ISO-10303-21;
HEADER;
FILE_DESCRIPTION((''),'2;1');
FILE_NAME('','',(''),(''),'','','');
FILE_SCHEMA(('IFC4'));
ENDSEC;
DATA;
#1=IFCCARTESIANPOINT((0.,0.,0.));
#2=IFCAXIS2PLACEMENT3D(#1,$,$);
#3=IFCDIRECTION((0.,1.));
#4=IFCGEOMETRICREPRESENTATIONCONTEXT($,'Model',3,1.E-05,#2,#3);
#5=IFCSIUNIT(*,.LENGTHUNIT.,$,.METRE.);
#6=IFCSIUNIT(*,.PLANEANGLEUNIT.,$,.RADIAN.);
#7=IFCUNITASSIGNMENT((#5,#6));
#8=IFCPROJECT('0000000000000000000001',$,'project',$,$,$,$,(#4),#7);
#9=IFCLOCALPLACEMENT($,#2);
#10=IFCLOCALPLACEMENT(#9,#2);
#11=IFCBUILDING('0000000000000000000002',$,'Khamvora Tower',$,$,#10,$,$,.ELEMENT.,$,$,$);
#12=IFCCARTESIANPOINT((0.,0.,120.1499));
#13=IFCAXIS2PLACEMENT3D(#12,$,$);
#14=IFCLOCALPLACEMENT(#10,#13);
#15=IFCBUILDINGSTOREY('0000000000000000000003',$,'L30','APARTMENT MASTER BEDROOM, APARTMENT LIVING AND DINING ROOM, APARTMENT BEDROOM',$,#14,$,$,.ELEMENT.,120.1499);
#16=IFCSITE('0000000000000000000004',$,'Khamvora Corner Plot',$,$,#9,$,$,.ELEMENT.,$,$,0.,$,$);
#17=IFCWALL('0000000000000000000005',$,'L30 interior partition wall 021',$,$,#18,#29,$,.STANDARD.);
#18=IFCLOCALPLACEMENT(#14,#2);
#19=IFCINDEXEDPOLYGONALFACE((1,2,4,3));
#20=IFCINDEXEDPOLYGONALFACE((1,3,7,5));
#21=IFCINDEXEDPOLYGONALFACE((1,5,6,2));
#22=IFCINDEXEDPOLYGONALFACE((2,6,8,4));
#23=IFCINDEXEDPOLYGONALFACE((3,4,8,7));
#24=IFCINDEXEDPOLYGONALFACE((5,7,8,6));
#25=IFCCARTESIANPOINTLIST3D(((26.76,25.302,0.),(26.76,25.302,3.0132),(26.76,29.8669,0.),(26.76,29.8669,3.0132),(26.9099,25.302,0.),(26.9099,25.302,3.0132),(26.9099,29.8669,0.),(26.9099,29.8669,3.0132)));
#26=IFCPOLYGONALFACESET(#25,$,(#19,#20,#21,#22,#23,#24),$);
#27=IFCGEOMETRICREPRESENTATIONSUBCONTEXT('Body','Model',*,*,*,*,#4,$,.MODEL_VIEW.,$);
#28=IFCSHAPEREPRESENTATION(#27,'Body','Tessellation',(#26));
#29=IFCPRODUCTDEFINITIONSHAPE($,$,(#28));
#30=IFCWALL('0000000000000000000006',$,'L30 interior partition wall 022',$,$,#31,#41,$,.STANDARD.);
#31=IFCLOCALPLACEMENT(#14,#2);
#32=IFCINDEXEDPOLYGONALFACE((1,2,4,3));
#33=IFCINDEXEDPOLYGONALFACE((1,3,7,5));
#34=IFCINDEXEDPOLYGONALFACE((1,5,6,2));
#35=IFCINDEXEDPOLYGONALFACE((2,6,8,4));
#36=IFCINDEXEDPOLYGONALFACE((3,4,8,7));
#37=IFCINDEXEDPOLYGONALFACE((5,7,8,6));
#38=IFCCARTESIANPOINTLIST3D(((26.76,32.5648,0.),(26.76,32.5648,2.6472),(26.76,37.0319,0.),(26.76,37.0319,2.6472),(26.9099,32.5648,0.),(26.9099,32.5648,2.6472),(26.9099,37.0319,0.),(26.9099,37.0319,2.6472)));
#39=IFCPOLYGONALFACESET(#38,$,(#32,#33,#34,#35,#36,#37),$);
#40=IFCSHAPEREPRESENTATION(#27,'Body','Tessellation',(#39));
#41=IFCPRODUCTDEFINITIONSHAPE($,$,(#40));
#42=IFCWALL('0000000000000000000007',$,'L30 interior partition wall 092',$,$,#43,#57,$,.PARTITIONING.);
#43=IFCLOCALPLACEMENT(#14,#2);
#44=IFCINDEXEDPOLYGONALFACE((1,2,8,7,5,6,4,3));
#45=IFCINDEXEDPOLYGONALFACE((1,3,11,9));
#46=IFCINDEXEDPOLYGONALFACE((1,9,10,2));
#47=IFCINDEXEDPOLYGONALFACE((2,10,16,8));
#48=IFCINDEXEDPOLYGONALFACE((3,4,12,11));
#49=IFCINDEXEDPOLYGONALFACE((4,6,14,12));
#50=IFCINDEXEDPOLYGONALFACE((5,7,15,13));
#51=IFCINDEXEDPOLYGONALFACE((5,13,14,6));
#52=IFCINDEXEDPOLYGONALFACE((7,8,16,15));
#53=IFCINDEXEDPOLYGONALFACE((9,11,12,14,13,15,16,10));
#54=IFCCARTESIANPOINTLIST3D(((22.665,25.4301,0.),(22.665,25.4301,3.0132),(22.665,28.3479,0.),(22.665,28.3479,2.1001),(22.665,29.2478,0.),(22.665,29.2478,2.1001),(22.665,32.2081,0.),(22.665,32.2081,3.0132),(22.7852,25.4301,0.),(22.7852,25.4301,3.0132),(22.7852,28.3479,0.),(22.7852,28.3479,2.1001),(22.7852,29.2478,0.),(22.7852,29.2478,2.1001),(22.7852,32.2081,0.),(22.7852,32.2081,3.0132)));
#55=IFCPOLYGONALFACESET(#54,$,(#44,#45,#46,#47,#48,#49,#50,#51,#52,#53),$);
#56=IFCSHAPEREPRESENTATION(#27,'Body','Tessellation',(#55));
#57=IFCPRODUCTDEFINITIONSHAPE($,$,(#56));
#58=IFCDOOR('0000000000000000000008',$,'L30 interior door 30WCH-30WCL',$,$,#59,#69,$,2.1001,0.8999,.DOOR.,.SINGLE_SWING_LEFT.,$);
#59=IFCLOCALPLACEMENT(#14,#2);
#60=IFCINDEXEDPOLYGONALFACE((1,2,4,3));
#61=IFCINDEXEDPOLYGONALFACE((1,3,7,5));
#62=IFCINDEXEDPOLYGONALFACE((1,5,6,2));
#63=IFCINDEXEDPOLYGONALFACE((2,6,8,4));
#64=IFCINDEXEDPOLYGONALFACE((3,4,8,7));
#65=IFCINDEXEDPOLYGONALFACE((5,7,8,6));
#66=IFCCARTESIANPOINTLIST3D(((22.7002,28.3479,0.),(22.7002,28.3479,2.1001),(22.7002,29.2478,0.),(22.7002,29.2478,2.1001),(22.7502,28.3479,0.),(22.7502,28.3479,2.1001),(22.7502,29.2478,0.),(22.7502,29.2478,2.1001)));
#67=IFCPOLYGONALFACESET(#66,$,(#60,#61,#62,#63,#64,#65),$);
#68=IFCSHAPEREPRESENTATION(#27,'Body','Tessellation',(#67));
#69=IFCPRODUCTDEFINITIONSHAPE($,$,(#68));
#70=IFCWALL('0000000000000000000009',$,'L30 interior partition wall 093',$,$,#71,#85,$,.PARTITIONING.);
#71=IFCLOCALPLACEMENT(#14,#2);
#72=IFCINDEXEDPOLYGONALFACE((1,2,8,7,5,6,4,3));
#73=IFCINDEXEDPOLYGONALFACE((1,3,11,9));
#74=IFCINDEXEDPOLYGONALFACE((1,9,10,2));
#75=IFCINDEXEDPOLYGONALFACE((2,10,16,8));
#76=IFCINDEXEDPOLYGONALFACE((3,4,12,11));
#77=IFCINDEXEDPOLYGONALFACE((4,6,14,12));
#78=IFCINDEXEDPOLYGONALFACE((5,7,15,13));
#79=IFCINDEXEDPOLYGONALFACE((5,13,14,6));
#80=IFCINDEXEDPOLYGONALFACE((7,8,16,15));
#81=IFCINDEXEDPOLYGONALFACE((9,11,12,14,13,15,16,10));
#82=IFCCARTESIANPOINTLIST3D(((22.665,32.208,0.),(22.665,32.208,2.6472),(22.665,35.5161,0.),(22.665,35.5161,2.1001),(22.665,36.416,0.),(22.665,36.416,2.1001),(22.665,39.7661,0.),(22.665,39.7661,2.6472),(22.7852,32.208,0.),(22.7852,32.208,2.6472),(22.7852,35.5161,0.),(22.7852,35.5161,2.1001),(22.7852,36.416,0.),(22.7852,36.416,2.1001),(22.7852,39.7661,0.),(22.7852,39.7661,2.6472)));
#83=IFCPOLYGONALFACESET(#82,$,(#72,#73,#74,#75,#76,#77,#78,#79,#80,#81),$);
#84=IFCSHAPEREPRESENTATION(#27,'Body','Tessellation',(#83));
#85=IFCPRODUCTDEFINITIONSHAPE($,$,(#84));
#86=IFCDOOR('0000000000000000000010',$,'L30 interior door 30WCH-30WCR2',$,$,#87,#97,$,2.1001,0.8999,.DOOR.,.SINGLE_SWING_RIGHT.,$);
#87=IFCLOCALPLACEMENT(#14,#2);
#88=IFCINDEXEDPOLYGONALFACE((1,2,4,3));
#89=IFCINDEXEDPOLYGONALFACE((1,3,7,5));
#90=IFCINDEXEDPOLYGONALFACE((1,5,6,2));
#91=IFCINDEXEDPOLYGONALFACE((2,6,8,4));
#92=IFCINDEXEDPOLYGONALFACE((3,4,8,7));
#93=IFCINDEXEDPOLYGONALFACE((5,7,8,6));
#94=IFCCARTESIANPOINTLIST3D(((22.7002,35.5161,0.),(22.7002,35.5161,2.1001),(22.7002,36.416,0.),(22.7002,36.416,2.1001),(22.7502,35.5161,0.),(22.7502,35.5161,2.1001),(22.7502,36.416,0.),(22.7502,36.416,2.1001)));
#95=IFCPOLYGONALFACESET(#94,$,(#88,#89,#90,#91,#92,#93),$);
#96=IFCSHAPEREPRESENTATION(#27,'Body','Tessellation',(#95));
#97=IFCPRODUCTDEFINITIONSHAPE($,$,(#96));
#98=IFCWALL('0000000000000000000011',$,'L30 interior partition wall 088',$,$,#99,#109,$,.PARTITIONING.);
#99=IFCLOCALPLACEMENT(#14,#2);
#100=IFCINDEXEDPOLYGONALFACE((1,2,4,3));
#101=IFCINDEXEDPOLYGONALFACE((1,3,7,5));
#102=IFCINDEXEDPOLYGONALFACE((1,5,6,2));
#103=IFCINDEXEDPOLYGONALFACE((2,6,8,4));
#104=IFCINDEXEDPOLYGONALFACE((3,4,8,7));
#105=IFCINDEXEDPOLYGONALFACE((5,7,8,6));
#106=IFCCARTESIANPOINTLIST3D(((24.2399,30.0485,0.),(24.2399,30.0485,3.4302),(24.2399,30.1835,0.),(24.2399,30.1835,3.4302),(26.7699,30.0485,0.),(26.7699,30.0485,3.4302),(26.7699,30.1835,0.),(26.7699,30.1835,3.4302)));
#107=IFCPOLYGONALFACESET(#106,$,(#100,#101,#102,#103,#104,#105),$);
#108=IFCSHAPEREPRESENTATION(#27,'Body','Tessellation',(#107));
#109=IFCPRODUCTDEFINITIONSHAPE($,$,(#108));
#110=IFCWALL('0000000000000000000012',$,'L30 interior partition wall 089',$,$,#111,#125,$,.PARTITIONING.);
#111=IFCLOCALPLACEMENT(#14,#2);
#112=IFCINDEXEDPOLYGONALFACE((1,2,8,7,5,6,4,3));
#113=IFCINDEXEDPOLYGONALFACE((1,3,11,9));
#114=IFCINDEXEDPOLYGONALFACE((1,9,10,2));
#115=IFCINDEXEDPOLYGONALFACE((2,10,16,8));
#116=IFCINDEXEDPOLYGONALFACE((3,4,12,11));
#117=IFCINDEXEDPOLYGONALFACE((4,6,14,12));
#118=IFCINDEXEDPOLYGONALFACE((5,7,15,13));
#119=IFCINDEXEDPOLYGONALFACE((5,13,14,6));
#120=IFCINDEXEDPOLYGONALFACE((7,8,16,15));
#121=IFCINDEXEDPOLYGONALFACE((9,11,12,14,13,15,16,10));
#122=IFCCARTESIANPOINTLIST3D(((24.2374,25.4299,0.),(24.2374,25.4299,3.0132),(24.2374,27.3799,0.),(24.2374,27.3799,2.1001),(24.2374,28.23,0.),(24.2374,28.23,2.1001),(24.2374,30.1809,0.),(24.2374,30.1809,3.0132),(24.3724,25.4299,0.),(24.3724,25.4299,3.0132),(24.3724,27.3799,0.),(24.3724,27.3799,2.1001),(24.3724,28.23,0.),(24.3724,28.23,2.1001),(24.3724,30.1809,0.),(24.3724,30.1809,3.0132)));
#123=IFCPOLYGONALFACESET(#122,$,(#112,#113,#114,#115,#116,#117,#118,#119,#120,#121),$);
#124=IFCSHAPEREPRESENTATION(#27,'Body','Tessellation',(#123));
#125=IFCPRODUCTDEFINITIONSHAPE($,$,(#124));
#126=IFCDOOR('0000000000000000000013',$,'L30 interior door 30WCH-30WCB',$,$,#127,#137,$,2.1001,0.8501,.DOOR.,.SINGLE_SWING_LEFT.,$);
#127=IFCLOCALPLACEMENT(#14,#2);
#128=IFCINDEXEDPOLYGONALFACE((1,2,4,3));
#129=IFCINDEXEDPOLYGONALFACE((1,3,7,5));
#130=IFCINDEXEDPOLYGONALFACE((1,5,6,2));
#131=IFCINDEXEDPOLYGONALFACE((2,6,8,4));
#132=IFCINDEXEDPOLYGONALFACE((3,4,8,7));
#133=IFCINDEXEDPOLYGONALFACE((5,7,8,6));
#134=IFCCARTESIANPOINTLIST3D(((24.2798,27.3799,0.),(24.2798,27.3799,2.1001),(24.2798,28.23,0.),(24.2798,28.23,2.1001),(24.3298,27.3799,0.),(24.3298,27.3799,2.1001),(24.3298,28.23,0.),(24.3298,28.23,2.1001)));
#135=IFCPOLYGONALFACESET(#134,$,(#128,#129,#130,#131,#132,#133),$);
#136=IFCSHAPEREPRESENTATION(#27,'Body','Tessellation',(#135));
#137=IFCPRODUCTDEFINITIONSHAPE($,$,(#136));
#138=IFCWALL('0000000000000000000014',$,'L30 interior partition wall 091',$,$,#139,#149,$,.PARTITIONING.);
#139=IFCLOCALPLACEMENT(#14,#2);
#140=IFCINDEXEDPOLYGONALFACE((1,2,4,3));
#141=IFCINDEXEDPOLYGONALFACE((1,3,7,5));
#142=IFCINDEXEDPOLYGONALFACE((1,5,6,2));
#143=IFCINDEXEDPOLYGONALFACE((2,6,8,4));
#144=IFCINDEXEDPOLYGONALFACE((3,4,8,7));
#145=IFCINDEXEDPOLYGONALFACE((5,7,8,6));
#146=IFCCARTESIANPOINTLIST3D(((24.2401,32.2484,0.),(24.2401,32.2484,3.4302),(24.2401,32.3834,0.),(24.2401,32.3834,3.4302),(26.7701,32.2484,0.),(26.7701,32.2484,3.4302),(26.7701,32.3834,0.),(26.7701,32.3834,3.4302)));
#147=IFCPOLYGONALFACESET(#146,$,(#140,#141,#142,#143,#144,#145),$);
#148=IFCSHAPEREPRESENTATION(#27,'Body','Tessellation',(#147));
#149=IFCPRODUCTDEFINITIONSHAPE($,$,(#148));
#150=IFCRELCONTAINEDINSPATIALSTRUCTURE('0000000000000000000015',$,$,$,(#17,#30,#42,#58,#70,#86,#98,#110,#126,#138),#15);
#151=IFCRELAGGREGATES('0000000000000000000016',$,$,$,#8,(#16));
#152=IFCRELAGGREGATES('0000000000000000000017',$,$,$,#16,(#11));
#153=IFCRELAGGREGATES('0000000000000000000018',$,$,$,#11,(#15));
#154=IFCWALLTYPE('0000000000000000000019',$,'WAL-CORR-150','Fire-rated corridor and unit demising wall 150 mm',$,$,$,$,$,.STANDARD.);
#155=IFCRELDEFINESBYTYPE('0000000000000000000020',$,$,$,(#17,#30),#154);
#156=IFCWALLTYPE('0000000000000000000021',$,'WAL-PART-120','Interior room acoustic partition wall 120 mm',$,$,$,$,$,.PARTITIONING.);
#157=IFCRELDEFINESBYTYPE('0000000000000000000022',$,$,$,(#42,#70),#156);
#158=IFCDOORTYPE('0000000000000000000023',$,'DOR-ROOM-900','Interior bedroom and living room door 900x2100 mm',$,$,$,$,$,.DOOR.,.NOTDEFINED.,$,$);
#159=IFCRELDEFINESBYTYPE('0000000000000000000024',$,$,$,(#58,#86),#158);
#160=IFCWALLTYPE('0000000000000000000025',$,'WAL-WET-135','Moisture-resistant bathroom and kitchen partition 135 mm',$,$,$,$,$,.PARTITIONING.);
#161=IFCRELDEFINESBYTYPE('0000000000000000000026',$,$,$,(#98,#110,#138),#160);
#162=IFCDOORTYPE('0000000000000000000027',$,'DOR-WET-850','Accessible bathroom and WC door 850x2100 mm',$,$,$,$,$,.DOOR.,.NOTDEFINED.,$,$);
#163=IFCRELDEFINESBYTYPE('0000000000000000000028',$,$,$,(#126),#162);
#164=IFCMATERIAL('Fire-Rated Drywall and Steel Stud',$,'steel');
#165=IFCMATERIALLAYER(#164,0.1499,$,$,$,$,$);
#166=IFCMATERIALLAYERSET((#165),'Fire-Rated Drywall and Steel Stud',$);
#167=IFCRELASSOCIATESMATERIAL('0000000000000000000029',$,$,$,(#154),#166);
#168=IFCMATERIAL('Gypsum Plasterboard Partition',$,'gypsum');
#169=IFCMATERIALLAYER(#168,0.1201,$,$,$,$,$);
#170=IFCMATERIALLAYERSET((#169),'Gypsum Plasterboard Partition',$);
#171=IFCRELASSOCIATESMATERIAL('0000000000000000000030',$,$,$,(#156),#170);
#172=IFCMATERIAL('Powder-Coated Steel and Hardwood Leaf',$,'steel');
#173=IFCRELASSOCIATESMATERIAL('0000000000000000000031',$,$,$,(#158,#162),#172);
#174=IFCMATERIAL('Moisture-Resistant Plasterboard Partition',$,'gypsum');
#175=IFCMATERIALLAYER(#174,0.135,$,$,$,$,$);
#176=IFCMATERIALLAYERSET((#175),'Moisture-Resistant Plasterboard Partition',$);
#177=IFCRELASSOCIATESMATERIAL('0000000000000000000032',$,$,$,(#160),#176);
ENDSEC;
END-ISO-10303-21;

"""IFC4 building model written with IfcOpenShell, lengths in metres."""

from ifc_helpers import new_model, si_unit, direction, frame, frame_2d, origin, place, context, subcontext, project, spatial, rectangle, extrude, material, layer, layer_set, type_object, element, fill, save


model = new_model("IFC4")

# Units and contexts
model_context = context("Model", 3, precision=1e-05, world=origin(), true_north=direction((0.0, 1.0)))
body_context = subcontext(model_context, "Body", "Model", "MODEL_VIEW")
ifc_project = project(units=[si_unit("LENGTHUNIT", "METRE"), si_unit("PLANEANGLEUNIT", "RADIAN")], contexts=[model_context])

# Site, building, storey
site_placement = place(None, origin())
site = spatial("IfcSite", under=ifc_project, at=site_placement, Name="Khamvora Corner Plot", CompositionType="ELEMENT", RefElevation=0.0)
building_placement = place(site_placement, origin())
building = spatial("IfcBuilding", under=site, at=building_placement, Name="Khamvora Tower", CompositionType="ELEMENT")
storey_placement = place(building_placement, frame((0.0, 0.0, 120.1499)))
storey = spatial("IfcBuildingStorey", under=building, at=storey_placement, Name="L30", Description="APARTMENT MASTER BEDROOM, APARTMENT LIVING AND DINING ROOM, APARTMENT BEDROOM", CompositionType="ELEMENT", Elevation=120.1499)

# Shared definitions
ifc_material_1 = material(Name="Fire-Rated Drywall and Steel Stud", Category="steel")
ifc_layer_1 = layer(ifc_material_1, 0.1499)
ifc_layer_set_1 = layer_set([ifc_layer_1], Name="Fire-Rated Drywall and Steel Stud")
wall_type_1 = type_object("IfcWallType", Name="WAL-CORR-150", Description="Fire-rated corridor and unit demising wall 150 mm", PredefinedType="STANDARD", material=ifc_layer_set_1)
ifc_material_2 = material(Name="Powder-Coated Steel and Hardwood Leaf", Category="steel")

# Walls
wall_1_placement = place(storey_placement, frame((26.835, 25.302, 0.0), z_axis=(0.0, 0.0, 1.0), x_axis=(0.0, 1.0, 0.0)))
element("IfcWall", 1, at=wall_1_placement, inside=storey, type_object=wall_type_1, Name="L30 interior partition wall 021", PredefinedType="STANDARD", context=body_context, shape_type="SweptSolid", body=[
    extrude(rectangle(XDim=4.5649, YDim=0.1499, at=frame_2d((2.2825, 0.0))), origin(), (0.0, 0.0, 1.0), 3.0132),
])
wall_2_placement = place(storey_placement, frame((26.835, 32.5649, 0.0), z_axis=(0.0, 0.0, 1.0), x_axis=(0.0, 1.0, 0.0)))
element("IfcWall", 2, at=wall_2_placement, inside=storey, type_object=wall_type_1, Name="L30 interior partition wall 022", PredefinedType="STANDARD", context=body_context, shape_type="SweptSolid", body=[
    extrude(rectangle(XDim=4.467, YDim=0.1499, at=frame_2d((2.2334, 0.0))), origin(), (0.0, 0.0, 1.0), 2.6472),
])

# Walls, openings, doors
ifc_material_3 = material(Name="Gypsum Plasterboard Partition", Category="gypsum")
ifc_layer_2 = layer(ifc_material_3, 0.1201)
ifc_layer_set_2 = layer_set([ifc_layer_2], Name="Gypsum Plasterboard Partition")
wall_type_2 = type_object("IfcWallType", Name="WAL-PART-120", Description="Interior room acoustic partition wall 120 mm", PredefinedType="PARTITIONING", material=ifc_layer_set_2)
wall_3_placement = place(storey_placement, frame((22.7251, 25.4299, 0.0), z_axis=(0.0, 0.0, 1.0), x_axis=(0.0, 1.0, 0.0)))
wall_3 = element("IfcWall", 3, at=wall_3_placement, inside=storey, type_object=wall_type_2, Name="L30 interior partition wall 092", PredefinedType="PARTITIONING", context=body_context, shape_type="SweptSolid", body=[
    extrude(rectangle(XDim=6.7781, YDim=0.1201, at=frame_2d((3.3892, 0.0))), origin(), (0.0, 0.0, 1.0), 3.0132),
])
opening_1_placement = place(wall_3_placement, frame((2.918, 0.0, 0.0)))
opening_1 = element("IfcOpeningElement", 4, at=opening_1_placement, cuts=wall_3, PredefinedType="OPENING", context=body_context, shape_type="SweptSolid", body=[
    extrude(rectangle(XDim=0.8999, YDim=2.1001, at=frame_2d((0.45, 1.05))), frame((0.0, 0.0701, 0.0), z_axis=(0.0, -1.0, 0.0), x_axis=(1.0, 0.0, 0.0)), (0.0, 0.0, 1.0), 0.1401),
])
door_type_1 = type_object("IfcDoorType", Name="DOR-ROOM-900", Description="Interior bedroom and living room door 900x2100 mm", OperationType="NOTDEFINED", PredefinedType="DOOR", material=ifc_material_2)
door_1_placement = place(opening_1_placement, origin())
door_1 = element("IfcDoor", 5, at=door_1_placement, inside=storey, type_object=door_type_1, Name="L30 interior door 30WCH-30WCL", OperationType="SINGLE_SWING_LEFT", OverallHeight=2.1001, OverallWidth=0.8999, PredefinedType="DOOR", context=body_context, shape_type="SweptSolid", body=[
    extrude(rectangle(XDim=0.8999, YDim=2.1001, at=frame_2d((0.45, 1.05))), frame((0.0, 0.0249, 0.0), z_axis=(0.0, -1.0, 0.0), x_axis=(1.0, 0.0, 0.0)), (0.0, 0.0, 1.0), 0.05),
])
fill(opening_1, door_1)
wall_4_placement = place(storey_placement, frame((22.7251, 32.208, 0.0), z_axis=(0.0, 0.0, 1.0), x_axis=(0.0, 1.0, 0.0)))
wall_4 = element("IfcWall", 6, at=wall_4_placement, inside=storey, type_object=wall_type_2, Name="L30 interior partition wall 093", PredefinedType="PARTITIONING", context=body_context, shape_type="SweptSolid", body=[
    extrude(rectangle(XDim=7.5581, YDim=0.1201, at=frame_2d((3.7791, 0.0))), origin(), (0.0, 0.0, 1.0), 2.6472),
])
opening_2_placement = place(wall_4_placement, frame((3.3081, 0.0, 0.0)))
opening_2 = element("IfcOpeningElement", 7, at=opening_2_placement, cuts=wall_4, PredefinedType="OPENING", context=body_context, shape_type="SweptSolid", body=[
    extrude(rectangle(XDim=0.8999, YDim=2.1001, at=frame_2d((0.45, 1.05))), frame((0.0, 0.0701, 0.0), z_axis=(0.0, -1.0, 0.0), x_axis=(1.0, 0.0, 0.0)), (0.0, 0.0, 1.0), 0.1401),
])
door_2_placement = place(opening_2_placement, origin())
door_2 = element("IfcDoor", 8, at=door_2_placement, inside=storey, type_object=door_type_1, Name="L30 interior door 30WCH-30WCR2", OperationType="SINGLE_SWING_RIGHT", OverallHeight=2.1001, OverallWidth=0.8999, PredefinedType="DOOR", context=body_context, shape_type="SweptSolid", body=[
    extrude(rectangle(XDim=0.8999, YDim=2.1001, at=frame_2d((0.45, 1.05))), frame((0.0, 0.0249, 0.0), z_axis=(0.0, -1.0, 0.0), x_axis=(1.0, 0.0, 0.0)), (0.0, 0.0, 1.0), 0.05),
])
fill(opening_2, door_2)

# Wall
ifc_material_4 = material(Name="Moisture-Resistant Plasterboard Partition", Category="gypsum")
ifc_layer_3 = layer(ifc_material_4, 0.135)
ifc_layer_set_3 = layer_set([ifc_layer_3], Name="Moisture-Resistant Plasterboard Partition")
wall_type_3 = type_object("IfcWallType", Name="WAL-WET-135", Description="Moisture-resistant bathroom and kitchen partition 135 mm", PredefinedType="PARTITIONING", material=ifc_layer_set_3)
wall_5_placement = place(storey_placement, frame((26.77, 30.116, 0.0), z_axis=(0.0, 0.0, 1.0), x_axis=(-1.0, 0.0, 0.0)))
element("IfcWall", 9, at=wall_5_placement, inside=storey, type_object=wall_type_3, Name="L30 interior partition wall 088", PredefinedType="PARTITIONING", context=body_context, shape_type="SweptSolid", body=[
    extrude(rectangle(XDim=2.53, YDim=0.135, at=frame_2d((1.2651, 0.0))), origin(), (0.0, 0.0, 1.0), 3.4302),
])

# Wall, opening, door
wall_6_placement = place(storey_placement, frame((24.3049, 30.1809, 0.0), z_axis=(0.0, 0.0, 1.0), x_axis=(0.0, -1.0, 0.0)))
wall_6 = element("IfcWall", 10, at=wall_6_placement, inside=storey, type_object=wall_type_3, Name="L30 interior partition wall 089", PredefinedType="PARTITIONING", context=body_context, shape_type="SweptSolid", body=[
    extrude(rectangle(XDim=4.751, YDim=0.135, at=frame_2d((2.3755, 0.0))), origin(), (0.0, 0.0, 1.0), 3.0132),
])
opening_3_placement = place(wall_6_placement, frame((1.9509, 0.0, 0.0)))
opening_3 = element("IfcOpeningElement", 11, at=opening_3_placement, cuts=wall_6, PredefinedType="OPENING", context=body_context, shape_type="SweptSolid", body=[
    extrude(rectangle(XDim=0.8501, YDim=2.1001, at=frame_2d((0.425, 1.05))), frame((0.0, 0.0774, 0.0), z_axis=(0.0, -1.0, 0.0), x_axis=(1.0, 0.0, 0.0)), (0.0, 0.0, 1.0), 0.155),
])
door_type_2 = type_object("IfcDoorType", Name="DOR-WET-850", Description="Accessible bathroom and WC door 850x2100 mm", OperationType="NOTDEFINED", PredefinedType="DOOR", material=ifc_material_2)
door_3_placement = place(opening_3_placement, origin())
door_3 = element("IfcDoor", 12, at=door_3_placement, inside=storey, type_object=door_type_2, Name="L30 interior door 30WCH-30WCB", OperationType="SINGLE_SWING_LEFT", OverallHeight=2.1001, OverallWidth=0.8501, PredefinedType="DOOR", context=body_context, shape_type="SweptSolid", body=[
    extrude(rectangle(XDim=0.8501, YDim=2.1001, at=frame_2d((0.425, 1.05))), frame((0.0, 0.0249, 0.0), z_axis=(0.0, -1.0, 0.0), x_axis=(1.0, 0.0, 0.0)), (0.0, 0.0, 1.0), 0.05),
])
fill(opening_3, door_3)

# Wall
wall_7_placement = place(storey_placement, frame((24.24, 32.3159, 0.0), z_axis=(0.0, 0.0, 1.0), x_axis=(1.0, 0.0, 0.0)))
element("IfcWall", 13, at=wall_7_placement, inside=storey, type_object=wall_type_3, Name="L30 interior partition wall 091", PredefinedType="PARTITIONING", context=body_context, shape_type="SweptSolid", body=[
    extrude(rectangle(XDim=2.53, YDim=0.135, at=frame_2d((1.2651, 0.0))), origin(), (0.0, 0.0, 1.0), 3.4302),
])

save(model, "model.ifc")
